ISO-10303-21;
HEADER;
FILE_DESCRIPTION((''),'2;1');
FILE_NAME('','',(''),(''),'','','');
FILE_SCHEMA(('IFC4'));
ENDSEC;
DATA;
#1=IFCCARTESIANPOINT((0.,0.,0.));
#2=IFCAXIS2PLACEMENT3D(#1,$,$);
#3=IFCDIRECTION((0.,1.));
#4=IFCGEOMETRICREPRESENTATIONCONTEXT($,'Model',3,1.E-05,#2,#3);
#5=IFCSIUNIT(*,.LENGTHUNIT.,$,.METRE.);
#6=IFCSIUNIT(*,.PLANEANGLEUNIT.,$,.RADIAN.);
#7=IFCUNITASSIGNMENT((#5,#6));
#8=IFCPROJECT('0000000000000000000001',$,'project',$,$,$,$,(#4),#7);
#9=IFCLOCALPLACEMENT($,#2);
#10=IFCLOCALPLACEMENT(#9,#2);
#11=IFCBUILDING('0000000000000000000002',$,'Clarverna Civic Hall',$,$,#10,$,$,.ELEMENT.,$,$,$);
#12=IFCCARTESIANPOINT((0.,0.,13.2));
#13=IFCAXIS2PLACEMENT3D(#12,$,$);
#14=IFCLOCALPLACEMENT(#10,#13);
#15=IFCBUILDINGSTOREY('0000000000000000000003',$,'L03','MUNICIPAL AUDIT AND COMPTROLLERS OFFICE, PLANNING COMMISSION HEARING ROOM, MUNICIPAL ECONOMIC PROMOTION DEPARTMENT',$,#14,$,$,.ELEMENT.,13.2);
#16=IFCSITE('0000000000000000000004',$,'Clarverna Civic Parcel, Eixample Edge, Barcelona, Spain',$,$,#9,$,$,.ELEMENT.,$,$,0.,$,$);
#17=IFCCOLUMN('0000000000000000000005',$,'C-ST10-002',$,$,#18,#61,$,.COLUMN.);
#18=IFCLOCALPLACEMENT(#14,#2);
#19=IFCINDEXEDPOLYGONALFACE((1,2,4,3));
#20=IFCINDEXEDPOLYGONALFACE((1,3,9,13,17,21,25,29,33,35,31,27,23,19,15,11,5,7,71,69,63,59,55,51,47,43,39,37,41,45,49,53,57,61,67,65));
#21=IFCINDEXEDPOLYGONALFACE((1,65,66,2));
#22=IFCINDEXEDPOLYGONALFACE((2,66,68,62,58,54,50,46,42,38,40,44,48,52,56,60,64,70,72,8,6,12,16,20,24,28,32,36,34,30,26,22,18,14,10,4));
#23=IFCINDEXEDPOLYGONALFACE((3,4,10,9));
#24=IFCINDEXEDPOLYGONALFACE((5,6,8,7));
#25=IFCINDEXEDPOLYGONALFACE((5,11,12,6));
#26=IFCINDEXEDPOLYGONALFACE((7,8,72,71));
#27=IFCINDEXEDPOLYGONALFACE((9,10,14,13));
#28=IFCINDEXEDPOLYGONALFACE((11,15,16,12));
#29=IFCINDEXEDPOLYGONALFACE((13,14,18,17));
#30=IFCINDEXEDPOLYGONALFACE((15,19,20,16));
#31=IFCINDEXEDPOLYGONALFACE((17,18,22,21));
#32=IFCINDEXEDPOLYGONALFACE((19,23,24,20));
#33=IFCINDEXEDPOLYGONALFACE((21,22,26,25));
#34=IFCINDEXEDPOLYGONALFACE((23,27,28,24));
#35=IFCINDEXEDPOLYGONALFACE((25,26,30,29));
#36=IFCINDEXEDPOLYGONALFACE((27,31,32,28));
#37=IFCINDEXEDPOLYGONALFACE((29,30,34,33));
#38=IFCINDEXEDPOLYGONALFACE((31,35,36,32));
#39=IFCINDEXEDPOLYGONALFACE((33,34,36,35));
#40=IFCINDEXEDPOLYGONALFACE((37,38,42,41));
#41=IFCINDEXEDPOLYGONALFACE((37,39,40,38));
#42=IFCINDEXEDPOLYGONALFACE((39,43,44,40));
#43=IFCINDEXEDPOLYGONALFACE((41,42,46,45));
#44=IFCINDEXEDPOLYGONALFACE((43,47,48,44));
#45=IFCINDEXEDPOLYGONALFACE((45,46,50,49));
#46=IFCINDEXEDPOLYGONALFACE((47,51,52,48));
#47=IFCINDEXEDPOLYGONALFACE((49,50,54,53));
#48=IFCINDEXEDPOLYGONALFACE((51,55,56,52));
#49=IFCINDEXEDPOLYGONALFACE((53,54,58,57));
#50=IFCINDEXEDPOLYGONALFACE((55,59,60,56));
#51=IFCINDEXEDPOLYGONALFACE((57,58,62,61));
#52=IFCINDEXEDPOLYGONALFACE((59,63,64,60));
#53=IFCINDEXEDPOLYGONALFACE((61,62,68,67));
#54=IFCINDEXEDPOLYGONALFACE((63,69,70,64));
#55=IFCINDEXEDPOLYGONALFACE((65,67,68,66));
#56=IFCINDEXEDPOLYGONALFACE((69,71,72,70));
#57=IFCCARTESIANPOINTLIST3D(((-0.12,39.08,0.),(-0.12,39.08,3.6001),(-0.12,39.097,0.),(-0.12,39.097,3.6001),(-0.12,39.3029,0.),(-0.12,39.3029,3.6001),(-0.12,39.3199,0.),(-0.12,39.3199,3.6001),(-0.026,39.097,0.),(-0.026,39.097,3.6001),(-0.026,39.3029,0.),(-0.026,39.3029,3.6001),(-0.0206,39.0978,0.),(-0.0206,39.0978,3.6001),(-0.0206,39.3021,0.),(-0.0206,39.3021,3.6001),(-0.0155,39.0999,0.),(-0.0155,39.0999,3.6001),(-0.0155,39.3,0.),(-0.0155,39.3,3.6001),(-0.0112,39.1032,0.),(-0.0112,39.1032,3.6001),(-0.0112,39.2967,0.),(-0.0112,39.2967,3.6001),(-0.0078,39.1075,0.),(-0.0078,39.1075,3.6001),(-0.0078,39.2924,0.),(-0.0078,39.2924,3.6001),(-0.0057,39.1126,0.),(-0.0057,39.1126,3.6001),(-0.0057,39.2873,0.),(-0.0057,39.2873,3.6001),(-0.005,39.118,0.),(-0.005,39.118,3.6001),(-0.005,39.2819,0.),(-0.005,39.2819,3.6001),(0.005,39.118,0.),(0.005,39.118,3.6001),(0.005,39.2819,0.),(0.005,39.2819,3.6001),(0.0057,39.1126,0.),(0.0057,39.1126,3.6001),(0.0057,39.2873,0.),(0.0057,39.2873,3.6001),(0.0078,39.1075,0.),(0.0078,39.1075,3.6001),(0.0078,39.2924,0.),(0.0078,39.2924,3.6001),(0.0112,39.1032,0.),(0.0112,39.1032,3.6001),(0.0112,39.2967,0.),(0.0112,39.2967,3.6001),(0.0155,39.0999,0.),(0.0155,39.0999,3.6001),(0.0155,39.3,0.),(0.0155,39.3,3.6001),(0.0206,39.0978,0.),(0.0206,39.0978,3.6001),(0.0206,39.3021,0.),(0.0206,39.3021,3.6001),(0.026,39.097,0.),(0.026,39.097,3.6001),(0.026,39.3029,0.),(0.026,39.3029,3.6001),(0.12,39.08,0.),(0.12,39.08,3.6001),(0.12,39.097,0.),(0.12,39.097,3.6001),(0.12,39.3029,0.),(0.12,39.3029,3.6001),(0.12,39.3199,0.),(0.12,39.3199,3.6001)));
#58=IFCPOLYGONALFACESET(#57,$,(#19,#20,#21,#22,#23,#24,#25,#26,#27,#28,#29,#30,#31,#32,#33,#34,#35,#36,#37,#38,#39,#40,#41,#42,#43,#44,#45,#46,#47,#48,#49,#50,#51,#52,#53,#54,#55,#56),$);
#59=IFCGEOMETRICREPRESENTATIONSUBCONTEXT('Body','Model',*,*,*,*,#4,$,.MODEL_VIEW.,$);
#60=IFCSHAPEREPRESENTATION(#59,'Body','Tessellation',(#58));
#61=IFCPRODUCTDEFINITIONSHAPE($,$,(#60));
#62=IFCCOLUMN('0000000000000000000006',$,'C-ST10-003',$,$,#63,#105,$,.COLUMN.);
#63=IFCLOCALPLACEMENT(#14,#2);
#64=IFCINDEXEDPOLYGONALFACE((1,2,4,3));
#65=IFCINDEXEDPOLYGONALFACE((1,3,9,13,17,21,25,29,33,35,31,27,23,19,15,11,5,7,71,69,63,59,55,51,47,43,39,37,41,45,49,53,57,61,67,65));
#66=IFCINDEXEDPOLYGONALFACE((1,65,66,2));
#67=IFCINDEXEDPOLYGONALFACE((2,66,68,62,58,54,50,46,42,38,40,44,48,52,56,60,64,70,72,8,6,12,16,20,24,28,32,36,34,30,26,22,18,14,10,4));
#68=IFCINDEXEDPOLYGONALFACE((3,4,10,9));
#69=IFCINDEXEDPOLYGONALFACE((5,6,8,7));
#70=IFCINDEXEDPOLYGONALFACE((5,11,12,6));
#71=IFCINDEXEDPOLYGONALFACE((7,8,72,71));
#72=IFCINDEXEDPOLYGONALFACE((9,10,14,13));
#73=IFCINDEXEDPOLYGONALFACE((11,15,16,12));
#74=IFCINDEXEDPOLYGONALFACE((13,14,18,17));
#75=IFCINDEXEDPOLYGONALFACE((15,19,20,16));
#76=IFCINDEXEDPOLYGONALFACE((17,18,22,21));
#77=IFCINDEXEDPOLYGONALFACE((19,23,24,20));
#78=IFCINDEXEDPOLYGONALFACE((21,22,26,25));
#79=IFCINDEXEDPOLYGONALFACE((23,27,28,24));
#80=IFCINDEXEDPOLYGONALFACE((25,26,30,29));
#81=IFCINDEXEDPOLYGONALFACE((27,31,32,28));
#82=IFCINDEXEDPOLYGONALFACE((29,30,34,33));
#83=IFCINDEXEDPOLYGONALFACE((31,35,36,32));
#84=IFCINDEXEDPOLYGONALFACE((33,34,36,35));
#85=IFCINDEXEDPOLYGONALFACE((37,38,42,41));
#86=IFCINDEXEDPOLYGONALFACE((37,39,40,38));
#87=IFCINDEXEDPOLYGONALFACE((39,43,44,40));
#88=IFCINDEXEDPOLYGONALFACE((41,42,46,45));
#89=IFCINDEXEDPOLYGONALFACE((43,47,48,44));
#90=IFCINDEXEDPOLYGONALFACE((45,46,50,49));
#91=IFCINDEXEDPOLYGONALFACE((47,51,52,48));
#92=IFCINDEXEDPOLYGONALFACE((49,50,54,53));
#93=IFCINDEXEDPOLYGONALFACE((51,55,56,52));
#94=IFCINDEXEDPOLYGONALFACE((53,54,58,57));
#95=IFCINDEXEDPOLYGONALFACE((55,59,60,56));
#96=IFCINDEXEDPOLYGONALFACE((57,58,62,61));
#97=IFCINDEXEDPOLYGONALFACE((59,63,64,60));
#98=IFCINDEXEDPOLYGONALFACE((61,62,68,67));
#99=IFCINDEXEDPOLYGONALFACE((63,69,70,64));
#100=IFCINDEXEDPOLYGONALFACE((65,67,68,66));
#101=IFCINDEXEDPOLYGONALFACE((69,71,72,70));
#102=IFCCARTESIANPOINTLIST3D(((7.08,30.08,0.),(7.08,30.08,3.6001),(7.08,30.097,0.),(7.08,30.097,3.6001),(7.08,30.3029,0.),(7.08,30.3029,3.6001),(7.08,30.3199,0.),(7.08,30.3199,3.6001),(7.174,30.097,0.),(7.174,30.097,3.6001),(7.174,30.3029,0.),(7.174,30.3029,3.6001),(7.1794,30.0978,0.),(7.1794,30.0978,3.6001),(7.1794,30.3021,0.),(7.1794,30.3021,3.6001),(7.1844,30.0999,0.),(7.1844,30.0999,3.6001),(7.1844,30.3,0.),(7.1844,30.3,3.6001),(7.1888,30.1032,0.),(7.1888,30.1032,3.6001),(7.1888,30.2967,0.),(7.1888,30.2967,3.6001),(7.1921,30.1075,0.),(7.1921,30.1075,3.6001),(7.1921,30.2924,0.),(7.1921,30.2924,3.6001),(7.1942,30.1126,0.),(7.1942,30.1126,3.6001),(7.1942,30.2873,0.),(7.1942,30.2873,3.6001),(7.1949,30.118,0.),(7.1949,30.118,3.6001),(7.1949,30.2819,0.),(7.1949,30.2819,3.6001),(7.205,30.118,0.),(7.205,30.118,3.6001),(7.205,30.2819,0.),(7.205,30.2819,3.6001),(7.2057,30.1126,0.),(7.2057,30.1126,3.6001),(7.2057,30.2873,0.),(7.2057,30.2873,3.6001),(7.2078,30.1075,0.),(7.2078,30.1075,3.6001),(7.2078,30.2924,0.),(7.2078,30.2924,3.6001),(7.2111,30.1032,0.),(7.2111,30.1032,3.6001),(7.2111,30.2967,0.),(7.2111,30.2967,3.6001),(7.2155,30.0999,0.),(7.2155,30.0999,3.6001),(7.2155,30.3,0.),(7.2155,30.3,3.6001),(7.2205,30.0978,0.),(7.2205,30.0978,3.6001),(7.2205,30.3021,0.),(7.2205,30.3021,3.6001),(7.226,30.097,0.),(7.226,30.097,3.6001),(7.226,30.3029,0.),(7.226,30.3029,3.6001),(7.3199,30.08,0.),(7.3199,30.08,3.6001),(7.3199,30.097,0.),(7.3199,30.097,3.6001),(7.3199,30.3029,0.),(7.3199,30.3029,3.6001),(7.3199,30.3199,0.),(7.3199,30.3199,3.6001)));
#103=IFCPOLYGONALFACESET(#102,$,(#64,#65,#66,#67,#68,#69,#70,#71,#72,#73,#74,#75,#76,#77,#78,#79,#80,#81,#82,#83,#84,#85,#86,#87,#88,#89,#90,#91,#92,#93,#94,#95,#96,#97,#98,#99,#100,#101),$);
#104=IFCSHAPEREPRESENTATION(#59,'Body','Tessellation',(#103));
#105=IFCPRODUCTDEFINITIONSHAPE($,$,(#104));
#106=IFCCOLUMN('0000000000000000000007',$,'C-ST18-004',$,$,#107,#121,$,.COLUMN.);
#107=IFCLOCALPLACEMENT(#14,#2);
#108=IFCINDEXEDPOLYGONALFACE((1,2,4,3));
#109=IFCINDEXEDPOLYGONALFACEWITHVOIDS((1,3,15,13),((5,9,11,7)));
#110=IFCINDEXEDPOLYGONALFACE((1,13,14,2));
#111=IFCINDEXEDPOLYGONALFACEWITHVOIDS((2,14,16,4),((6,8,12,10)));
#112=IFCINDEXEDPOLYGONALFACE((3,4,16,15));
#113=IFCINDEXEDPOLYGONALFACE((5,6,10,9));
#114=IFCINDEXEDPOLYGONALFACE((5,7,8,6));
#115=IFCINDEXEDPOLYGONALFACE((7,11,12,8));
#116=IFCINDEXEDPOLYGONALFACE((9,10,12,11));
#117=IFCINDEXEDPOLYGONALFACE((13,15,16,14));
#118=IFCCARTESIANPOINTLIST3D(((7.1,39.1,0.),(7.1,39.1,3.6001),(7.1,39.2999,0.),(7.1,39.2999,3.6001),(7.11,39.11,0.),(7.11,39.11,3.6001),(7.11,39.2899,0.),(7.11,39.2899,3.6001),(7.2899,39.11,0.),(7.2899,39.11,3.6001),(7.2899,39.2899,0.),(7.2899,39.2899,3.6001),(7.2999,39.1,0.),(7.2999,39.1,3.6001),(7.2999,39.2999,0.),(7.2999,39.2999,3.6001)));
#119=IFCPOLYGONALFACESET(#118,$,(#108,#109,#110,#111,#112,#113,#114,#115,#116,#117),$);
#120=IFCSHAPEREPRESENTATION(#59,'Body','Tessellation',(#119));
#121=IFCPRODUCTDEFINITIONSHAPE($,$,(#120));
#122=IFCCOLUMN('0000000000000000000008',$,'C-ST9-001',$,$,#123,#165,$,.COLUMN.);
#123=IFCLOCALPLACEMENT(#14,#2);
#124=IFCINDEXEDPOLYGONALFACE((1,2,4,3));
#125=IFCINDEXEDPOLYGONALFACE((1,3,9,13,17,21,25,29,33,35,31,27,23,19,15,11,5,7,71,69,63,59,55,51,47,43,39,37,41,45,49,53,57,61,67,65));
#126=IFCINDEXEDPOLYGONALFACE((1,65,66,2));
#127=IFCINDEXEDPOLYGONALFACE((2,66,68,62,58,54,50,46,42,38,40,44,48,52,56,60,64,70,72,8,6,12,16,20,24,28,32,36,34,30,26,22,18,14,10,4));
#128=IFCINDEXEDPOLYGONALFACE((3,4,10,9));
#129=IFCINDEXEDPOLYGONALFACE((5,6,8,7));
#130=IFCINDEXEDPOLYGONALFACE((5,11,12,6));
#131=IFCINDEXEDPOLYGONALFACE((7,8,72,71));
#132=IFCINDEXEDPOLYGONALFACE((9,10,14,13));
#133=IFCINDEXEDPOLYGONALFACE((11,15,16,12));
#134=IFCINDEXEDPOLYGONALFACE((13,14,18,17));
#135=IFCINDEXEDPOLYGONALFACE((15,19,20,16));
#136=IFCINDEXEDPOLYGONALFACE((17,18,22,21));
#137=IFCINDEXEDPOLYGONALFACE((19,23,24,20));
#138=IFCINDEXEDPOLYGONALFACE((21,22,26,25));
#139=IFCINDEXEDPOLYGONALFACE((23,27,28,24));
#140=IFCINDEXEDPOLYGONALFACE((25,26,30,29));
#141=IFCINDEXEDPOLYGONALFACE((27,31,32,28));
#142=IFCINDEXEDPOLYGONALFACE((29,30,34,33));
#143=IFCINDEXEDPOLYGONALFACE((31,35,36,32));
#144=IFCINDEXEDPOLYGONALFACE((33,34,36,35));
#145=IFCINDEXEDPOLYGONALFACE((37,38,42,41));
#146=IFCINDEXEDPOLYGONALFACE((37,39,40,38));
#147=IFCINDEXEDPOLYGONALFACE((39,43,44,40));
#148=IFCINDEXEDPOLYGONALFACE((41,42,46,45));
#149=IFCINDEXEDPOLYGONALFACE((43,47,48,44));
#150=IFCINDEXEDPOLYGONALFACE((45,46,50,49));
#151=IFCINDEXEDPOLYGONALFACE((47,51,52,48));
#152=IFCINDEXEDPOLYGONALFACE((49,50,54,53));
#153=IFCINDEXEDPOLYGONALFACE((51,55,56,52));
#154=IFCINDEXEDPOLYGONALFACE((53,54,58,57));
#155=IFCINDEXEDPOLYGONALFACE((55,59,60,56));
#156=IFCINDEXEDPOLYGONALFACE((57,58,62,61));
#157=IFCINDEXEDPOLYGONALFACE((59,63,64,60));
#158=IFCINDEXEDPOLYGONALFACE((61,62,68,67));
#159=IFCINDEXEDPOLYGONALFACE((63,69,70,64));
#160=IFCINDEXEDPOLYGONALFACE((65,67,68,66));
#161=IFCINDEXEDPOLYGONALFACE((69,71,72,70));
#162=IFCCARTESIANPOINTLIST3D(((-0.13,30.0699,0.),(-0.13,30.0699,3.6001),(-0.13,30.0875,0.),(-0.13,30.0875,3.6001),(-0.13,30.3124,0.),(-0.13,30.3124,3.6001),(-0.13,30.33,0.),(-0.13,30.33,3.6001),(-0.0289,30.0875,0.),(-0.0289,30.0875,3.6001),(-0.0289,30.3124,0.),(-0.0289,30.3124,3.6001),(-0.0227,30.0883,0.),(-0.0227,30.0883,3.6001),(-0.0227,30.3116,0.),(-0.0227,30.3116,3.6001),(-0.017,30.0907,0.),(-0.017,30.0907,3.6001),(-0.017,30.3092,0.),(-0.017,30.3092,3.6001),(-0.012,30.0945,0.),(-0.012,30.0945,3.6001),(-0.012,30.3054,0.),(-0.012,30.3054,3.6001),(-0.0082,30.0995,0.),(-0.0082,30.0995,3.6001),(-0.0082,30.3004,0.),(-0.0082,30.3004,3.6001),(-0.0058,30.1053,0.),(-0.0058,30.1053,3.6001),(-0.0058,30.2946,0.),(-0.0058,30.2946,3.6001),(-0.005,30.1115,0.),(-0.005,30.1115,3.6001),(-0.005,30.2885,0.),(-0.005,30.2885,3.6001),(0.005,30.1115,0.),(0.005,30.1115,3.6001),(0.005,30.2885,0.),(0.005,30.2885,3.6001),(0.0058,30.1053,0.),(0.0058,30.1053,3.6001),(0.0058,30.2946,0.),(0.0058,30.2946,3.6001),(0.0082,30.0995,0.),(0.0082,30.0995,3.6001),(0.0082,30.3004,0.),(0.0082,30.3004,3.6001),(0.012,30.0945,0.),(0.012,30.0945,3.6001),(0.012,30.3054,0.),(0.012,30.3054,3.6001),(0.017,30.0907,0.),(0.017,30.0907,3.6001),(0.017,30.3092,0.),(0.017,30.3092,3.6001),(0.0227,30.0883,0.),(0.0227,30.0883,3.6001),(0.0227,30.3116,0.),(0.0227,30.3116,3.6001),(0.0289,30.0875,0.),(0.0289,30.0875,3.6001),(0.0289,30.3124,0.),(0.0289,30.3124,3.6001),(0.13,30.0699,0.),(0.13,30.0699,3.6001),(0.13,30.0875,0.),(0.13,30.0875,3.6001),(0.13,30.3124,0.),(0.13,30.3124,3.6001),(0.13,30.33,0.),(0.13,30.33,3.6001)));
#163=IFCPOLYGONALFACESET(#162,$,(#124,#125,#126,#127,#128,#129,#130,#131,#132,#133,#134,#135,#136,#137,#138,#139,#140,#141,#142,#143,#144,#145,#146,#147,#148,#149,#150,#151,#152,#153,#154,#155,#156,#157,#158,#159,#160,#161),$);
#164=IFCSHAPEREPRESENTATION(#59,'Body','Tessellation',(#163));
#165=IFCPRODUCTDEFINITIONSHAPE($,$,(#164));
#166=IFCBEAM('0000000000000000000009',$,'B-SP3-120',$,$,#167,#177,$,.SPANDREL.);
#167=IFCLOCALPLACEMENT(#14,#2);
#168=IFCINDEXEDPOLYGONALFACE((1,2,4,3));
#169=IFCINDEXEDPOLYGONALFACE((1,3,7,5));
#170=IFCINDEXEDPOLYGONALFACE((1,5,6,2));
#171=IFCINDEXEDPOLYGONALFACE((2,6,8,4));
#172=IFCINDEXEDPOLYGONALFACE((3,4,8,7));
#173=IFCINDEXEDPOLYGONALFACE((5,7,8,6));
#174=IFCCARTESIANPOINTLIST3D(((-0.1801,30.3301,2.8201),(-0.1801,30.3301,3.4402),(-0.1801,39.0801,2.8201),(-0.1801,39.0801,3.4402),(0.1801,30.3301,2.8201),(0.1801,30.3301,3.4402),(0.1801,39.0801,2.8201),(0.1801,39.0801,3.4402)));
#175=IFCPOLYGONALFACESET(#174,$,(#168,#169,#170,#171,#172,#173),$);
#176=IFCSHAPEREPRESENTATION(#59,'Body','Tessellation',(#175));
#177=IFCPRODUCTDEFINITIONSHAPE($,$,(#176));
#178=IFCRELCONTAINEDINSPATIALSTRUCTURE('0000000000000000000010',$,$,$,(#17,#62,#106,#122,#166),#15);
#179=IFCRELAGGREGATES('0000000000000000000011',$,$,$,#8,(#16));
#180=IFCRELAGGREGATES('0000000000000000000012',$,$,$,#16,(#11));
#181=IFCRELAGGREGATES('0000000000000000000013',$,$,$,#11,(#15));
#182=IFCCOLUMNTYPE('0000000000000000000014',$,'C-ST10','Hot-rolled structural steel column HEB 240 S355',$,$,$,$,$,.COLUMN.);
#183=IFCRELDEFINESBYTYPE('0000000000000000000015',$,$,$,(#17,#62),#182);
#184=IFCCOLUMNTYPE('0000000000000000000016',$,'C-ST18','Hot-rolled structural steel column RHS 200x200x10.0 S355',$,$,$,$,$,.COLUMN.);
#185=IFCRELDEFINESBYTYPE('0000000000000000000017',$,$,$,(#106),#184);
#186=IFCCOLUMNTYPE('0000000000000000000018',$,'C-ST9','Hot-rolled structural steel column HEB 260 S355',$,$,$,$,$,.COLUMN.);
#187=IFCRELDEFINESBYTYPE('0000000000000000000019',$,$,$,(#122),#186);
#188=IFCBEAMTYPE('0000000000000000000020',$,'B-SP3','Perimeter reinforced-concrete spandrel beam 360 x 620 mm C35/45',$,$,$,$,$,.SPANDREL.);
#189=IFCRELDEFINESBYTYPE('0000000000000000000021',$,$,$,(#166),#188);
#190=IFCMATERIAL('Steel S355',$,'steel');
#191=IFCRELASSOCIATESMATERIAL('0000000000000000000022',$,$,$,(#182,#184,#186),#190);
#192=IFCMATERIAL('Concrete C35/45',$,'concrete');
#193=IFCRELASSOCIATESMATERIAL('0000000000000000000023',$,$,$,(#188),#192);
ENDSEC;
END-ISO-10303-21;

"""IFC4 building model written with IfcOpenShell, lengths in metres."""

from ifc_helpers import new_model, si_unit, direction, frame, origin, origin_2d, place, context, subcontext, project, spatial, rectangle, hollow_rectangle, i_section, extrude, material, material_profile, profile_set, type_object, element, save


model = new_model("IFC4")

# Units and contexts
model_context = context("Model", 3, precision=1e-05, world=origin(), true_north=direction((0.0, 1.0)))
body_context = subcontext(model_context, "Body", "Model", "MODEL_VIEW")
ifc_project = project(units=[si_unit("LENGTHUNIT", "METRE"), si_unit("PLANEANGLEUNIT", "RADIAN")], contexts=[model_context])

# Site, building, storey
site_placement = place(None, origin())
site = spatial("IfcSite", under=ifc_project, at=site_placement, Name="Clarverna Civic Parcel, Eixample Edge, Barcelona, Spain", CompositionType="ELEMENT", RefElevation=0.0)
building_placement = place(site_placement, origin())
building = spatial("IfcBuilding", under=site, at=building_placement, Name="Clarverna Civic Hall", CompositionType="ELEMENT")
storey_placement = place(building_placement, frame((0.0, 0.0, 13.2)))
storey = spatial("IfcBuildingStorey", under=building, at=storey_placement, Name="L03", Description="MUNICIPAL AUDIT AND COMPTROLLERS OFFICE, PLANNING COMMISSION HEARING ROOM, MUNICIPAL ECONOMIC PROMOTION DEPARTMENT", CompositionType="ELEMENT", Elevation=13.2)

# Columns
ifc_material_1 = material(Name="Steel S355", Category="steel")
ifc_material_profile_1 = material_profile(ifc_material_1, i_section(OverallWidth=0.24, OverallDepth=0.24, WebThickness=0.01, FlangeThickness=0.0171, FilletRadius=0.021, at=origin_2d()), Name="HEB 240")
ifc_profile_set_1 = profile_set([ifc_material_profile_1], Name="Steel S355")
column_type_1 = type_object("IfcColumnType", Name="C-ST10", Description="Hot-rolled structural steel column HEB 240 S355", PredefinedType="COLUMN", material=ifc_profile_set_1)
for number, where, z_axis, x_axis, name in (
    (1, (0.0, 39.2, 0.0), (0.0, 0.0, 1.0), (1.0, 0.0, 0.0), "C-ST10-002"),
    (2, (7.2, 30.2, 0.0), (0.0, 0.0, 1.0), (1.0, 0.0, 0.0), "C-ST10-003"),
):
    element("IfcColumn", number, at=place(storey_placement, frame(where, z_axis=z_axis, x_axis=x_axis)), inside=storey, type_object=column_type_1, Name=name, PredefinedType="COLUMN", context=body_context, shape_type="SweptSolid", body=[
        extrude(i_section(OverallWidth=0.24, OverallDepth=0.24, WebThickness=0.01, FlangeThickness=0.0171, FilletRadius=0.021, at=origin_2d()), origin(), (0.0, 0.0, 1.0), 3.6001),
    ])
ifc_material_profile_2 = material_profile(ifc_material_1, hollow_rectangle(XDim=0.2, YDim=0.2, WallThickness=0.01, at=origin_2d()), Name="RHS 200x200x10.0")
ifc_profile_set_2 = profile_set([ifc_material_profile_2], Name="Steel S355")
column_type_2 = type_object("IfcColumnType", Name="C-ST18", Description="Hot-rolled structural steel column RHS 200x200x10.0 S355", PredefinedType="COLUMN", material=ifc_profile_set_2)
column_1_placement = place(storey_placement, frame((7.2, 39.2, 0.0), z_axis=(0.0, 0.0, 1.0), x_axis=(1.0, 0.0, 0.0)))
element("IfcColumn", 3, at=column_1_placement, inside=storey, type_object=column_type_2, Name="C-ST18-004", PredefinedType="COLUMN", context=body_context, shape_type="SweptSolid", body=[
    extrude(hollow_rectangle(XDim=0.2, YDim=0.2, WallThickness=0.01, at=origin_2d()), origin(), (0.0, 0.0, 1.0), 3.6001),
])
ifc_material_profile_3 = material_profile(ifc_material_1, i_section(OverallWidth=0.26, OverallDepth=0.26, WebThickness=0.01, FlangeThickness=0.0176, FilletRadius=0.0239, at=origin_2d()), Name="HEB 260")
ifc_profile_set_3 = profile_set([ifc_material_profile_3], Name="Steel S355")
column_type_3 = type_object("IfcColumnType", Name="C-ST9", Description="Hot-rolled structural steel column HEB 260 S355", PredefinedType="COLUMN", material=ifc_profile_set_3)
column_2_placement = place(storey_placement, frame((0.0, 30.2, 0.0), z_axis=(0.0, 0.0, 1.0), x_axis=(1.0, 0.0, 0.0)))
element("IfcColumn", 4, at=column_2_placement, inside=storey, type_object=column_type_3, Name="C-ST9-001", PredefinedType="COLUMN", context=body_context, shape_type="SweptSolid", body=[
    extrude(i_section(OverallWidth=0.26, OverallDepth=0.26, WebThickness=0.01, FlangeThickness=0.0176, FilletRadius=0.0239, at=origin_2d()), origin(), (0.0, 0.0, 1.0), 3.6001),
])

# Beam
ifc_material_2 = material(Name="Concrete C35/45", Category="concrete")
ifc_material_profile_4 = material_profile(ifc_material_2, rectangle(XDim=0.3601, YDim=0.6201, at=origin_2d()), Name="RC 360x620")
ifc_profile_set_4 = profile_set([ifc_material_profile_4], Name="Concrete C35/45")
beam_type_1 = type_object("IfcBeamType", Name="B-SP3", Description="Perimeter reinforced-concrete spandrel beam 360 x 620 mm C35/45", PredefinedType="SPANDREL", material=ifc_profile_set_4)
beam_1_placement = place(storey_placement, frame((0.0, 30.3301, 3.1301), z_axis=(0.0, 1.0, 0.0), x_axis=(-1.0, 0.0, 0.0)))
element("IfcBeam", 5, at=beam_1_placement, inside=storey, type_object=beam_type_1, Name="B-SP3-120", PredefinedType="SPANDREL", context=body_context, shape_type="SweptSolid", body=[
    extrude(rectangle(XDim=0.3601, YDim=0.6201, at=origin_2d()), origin(), (0.0, 0.0, 1.0), 8.75),
])

save(model, "model.ifc")
